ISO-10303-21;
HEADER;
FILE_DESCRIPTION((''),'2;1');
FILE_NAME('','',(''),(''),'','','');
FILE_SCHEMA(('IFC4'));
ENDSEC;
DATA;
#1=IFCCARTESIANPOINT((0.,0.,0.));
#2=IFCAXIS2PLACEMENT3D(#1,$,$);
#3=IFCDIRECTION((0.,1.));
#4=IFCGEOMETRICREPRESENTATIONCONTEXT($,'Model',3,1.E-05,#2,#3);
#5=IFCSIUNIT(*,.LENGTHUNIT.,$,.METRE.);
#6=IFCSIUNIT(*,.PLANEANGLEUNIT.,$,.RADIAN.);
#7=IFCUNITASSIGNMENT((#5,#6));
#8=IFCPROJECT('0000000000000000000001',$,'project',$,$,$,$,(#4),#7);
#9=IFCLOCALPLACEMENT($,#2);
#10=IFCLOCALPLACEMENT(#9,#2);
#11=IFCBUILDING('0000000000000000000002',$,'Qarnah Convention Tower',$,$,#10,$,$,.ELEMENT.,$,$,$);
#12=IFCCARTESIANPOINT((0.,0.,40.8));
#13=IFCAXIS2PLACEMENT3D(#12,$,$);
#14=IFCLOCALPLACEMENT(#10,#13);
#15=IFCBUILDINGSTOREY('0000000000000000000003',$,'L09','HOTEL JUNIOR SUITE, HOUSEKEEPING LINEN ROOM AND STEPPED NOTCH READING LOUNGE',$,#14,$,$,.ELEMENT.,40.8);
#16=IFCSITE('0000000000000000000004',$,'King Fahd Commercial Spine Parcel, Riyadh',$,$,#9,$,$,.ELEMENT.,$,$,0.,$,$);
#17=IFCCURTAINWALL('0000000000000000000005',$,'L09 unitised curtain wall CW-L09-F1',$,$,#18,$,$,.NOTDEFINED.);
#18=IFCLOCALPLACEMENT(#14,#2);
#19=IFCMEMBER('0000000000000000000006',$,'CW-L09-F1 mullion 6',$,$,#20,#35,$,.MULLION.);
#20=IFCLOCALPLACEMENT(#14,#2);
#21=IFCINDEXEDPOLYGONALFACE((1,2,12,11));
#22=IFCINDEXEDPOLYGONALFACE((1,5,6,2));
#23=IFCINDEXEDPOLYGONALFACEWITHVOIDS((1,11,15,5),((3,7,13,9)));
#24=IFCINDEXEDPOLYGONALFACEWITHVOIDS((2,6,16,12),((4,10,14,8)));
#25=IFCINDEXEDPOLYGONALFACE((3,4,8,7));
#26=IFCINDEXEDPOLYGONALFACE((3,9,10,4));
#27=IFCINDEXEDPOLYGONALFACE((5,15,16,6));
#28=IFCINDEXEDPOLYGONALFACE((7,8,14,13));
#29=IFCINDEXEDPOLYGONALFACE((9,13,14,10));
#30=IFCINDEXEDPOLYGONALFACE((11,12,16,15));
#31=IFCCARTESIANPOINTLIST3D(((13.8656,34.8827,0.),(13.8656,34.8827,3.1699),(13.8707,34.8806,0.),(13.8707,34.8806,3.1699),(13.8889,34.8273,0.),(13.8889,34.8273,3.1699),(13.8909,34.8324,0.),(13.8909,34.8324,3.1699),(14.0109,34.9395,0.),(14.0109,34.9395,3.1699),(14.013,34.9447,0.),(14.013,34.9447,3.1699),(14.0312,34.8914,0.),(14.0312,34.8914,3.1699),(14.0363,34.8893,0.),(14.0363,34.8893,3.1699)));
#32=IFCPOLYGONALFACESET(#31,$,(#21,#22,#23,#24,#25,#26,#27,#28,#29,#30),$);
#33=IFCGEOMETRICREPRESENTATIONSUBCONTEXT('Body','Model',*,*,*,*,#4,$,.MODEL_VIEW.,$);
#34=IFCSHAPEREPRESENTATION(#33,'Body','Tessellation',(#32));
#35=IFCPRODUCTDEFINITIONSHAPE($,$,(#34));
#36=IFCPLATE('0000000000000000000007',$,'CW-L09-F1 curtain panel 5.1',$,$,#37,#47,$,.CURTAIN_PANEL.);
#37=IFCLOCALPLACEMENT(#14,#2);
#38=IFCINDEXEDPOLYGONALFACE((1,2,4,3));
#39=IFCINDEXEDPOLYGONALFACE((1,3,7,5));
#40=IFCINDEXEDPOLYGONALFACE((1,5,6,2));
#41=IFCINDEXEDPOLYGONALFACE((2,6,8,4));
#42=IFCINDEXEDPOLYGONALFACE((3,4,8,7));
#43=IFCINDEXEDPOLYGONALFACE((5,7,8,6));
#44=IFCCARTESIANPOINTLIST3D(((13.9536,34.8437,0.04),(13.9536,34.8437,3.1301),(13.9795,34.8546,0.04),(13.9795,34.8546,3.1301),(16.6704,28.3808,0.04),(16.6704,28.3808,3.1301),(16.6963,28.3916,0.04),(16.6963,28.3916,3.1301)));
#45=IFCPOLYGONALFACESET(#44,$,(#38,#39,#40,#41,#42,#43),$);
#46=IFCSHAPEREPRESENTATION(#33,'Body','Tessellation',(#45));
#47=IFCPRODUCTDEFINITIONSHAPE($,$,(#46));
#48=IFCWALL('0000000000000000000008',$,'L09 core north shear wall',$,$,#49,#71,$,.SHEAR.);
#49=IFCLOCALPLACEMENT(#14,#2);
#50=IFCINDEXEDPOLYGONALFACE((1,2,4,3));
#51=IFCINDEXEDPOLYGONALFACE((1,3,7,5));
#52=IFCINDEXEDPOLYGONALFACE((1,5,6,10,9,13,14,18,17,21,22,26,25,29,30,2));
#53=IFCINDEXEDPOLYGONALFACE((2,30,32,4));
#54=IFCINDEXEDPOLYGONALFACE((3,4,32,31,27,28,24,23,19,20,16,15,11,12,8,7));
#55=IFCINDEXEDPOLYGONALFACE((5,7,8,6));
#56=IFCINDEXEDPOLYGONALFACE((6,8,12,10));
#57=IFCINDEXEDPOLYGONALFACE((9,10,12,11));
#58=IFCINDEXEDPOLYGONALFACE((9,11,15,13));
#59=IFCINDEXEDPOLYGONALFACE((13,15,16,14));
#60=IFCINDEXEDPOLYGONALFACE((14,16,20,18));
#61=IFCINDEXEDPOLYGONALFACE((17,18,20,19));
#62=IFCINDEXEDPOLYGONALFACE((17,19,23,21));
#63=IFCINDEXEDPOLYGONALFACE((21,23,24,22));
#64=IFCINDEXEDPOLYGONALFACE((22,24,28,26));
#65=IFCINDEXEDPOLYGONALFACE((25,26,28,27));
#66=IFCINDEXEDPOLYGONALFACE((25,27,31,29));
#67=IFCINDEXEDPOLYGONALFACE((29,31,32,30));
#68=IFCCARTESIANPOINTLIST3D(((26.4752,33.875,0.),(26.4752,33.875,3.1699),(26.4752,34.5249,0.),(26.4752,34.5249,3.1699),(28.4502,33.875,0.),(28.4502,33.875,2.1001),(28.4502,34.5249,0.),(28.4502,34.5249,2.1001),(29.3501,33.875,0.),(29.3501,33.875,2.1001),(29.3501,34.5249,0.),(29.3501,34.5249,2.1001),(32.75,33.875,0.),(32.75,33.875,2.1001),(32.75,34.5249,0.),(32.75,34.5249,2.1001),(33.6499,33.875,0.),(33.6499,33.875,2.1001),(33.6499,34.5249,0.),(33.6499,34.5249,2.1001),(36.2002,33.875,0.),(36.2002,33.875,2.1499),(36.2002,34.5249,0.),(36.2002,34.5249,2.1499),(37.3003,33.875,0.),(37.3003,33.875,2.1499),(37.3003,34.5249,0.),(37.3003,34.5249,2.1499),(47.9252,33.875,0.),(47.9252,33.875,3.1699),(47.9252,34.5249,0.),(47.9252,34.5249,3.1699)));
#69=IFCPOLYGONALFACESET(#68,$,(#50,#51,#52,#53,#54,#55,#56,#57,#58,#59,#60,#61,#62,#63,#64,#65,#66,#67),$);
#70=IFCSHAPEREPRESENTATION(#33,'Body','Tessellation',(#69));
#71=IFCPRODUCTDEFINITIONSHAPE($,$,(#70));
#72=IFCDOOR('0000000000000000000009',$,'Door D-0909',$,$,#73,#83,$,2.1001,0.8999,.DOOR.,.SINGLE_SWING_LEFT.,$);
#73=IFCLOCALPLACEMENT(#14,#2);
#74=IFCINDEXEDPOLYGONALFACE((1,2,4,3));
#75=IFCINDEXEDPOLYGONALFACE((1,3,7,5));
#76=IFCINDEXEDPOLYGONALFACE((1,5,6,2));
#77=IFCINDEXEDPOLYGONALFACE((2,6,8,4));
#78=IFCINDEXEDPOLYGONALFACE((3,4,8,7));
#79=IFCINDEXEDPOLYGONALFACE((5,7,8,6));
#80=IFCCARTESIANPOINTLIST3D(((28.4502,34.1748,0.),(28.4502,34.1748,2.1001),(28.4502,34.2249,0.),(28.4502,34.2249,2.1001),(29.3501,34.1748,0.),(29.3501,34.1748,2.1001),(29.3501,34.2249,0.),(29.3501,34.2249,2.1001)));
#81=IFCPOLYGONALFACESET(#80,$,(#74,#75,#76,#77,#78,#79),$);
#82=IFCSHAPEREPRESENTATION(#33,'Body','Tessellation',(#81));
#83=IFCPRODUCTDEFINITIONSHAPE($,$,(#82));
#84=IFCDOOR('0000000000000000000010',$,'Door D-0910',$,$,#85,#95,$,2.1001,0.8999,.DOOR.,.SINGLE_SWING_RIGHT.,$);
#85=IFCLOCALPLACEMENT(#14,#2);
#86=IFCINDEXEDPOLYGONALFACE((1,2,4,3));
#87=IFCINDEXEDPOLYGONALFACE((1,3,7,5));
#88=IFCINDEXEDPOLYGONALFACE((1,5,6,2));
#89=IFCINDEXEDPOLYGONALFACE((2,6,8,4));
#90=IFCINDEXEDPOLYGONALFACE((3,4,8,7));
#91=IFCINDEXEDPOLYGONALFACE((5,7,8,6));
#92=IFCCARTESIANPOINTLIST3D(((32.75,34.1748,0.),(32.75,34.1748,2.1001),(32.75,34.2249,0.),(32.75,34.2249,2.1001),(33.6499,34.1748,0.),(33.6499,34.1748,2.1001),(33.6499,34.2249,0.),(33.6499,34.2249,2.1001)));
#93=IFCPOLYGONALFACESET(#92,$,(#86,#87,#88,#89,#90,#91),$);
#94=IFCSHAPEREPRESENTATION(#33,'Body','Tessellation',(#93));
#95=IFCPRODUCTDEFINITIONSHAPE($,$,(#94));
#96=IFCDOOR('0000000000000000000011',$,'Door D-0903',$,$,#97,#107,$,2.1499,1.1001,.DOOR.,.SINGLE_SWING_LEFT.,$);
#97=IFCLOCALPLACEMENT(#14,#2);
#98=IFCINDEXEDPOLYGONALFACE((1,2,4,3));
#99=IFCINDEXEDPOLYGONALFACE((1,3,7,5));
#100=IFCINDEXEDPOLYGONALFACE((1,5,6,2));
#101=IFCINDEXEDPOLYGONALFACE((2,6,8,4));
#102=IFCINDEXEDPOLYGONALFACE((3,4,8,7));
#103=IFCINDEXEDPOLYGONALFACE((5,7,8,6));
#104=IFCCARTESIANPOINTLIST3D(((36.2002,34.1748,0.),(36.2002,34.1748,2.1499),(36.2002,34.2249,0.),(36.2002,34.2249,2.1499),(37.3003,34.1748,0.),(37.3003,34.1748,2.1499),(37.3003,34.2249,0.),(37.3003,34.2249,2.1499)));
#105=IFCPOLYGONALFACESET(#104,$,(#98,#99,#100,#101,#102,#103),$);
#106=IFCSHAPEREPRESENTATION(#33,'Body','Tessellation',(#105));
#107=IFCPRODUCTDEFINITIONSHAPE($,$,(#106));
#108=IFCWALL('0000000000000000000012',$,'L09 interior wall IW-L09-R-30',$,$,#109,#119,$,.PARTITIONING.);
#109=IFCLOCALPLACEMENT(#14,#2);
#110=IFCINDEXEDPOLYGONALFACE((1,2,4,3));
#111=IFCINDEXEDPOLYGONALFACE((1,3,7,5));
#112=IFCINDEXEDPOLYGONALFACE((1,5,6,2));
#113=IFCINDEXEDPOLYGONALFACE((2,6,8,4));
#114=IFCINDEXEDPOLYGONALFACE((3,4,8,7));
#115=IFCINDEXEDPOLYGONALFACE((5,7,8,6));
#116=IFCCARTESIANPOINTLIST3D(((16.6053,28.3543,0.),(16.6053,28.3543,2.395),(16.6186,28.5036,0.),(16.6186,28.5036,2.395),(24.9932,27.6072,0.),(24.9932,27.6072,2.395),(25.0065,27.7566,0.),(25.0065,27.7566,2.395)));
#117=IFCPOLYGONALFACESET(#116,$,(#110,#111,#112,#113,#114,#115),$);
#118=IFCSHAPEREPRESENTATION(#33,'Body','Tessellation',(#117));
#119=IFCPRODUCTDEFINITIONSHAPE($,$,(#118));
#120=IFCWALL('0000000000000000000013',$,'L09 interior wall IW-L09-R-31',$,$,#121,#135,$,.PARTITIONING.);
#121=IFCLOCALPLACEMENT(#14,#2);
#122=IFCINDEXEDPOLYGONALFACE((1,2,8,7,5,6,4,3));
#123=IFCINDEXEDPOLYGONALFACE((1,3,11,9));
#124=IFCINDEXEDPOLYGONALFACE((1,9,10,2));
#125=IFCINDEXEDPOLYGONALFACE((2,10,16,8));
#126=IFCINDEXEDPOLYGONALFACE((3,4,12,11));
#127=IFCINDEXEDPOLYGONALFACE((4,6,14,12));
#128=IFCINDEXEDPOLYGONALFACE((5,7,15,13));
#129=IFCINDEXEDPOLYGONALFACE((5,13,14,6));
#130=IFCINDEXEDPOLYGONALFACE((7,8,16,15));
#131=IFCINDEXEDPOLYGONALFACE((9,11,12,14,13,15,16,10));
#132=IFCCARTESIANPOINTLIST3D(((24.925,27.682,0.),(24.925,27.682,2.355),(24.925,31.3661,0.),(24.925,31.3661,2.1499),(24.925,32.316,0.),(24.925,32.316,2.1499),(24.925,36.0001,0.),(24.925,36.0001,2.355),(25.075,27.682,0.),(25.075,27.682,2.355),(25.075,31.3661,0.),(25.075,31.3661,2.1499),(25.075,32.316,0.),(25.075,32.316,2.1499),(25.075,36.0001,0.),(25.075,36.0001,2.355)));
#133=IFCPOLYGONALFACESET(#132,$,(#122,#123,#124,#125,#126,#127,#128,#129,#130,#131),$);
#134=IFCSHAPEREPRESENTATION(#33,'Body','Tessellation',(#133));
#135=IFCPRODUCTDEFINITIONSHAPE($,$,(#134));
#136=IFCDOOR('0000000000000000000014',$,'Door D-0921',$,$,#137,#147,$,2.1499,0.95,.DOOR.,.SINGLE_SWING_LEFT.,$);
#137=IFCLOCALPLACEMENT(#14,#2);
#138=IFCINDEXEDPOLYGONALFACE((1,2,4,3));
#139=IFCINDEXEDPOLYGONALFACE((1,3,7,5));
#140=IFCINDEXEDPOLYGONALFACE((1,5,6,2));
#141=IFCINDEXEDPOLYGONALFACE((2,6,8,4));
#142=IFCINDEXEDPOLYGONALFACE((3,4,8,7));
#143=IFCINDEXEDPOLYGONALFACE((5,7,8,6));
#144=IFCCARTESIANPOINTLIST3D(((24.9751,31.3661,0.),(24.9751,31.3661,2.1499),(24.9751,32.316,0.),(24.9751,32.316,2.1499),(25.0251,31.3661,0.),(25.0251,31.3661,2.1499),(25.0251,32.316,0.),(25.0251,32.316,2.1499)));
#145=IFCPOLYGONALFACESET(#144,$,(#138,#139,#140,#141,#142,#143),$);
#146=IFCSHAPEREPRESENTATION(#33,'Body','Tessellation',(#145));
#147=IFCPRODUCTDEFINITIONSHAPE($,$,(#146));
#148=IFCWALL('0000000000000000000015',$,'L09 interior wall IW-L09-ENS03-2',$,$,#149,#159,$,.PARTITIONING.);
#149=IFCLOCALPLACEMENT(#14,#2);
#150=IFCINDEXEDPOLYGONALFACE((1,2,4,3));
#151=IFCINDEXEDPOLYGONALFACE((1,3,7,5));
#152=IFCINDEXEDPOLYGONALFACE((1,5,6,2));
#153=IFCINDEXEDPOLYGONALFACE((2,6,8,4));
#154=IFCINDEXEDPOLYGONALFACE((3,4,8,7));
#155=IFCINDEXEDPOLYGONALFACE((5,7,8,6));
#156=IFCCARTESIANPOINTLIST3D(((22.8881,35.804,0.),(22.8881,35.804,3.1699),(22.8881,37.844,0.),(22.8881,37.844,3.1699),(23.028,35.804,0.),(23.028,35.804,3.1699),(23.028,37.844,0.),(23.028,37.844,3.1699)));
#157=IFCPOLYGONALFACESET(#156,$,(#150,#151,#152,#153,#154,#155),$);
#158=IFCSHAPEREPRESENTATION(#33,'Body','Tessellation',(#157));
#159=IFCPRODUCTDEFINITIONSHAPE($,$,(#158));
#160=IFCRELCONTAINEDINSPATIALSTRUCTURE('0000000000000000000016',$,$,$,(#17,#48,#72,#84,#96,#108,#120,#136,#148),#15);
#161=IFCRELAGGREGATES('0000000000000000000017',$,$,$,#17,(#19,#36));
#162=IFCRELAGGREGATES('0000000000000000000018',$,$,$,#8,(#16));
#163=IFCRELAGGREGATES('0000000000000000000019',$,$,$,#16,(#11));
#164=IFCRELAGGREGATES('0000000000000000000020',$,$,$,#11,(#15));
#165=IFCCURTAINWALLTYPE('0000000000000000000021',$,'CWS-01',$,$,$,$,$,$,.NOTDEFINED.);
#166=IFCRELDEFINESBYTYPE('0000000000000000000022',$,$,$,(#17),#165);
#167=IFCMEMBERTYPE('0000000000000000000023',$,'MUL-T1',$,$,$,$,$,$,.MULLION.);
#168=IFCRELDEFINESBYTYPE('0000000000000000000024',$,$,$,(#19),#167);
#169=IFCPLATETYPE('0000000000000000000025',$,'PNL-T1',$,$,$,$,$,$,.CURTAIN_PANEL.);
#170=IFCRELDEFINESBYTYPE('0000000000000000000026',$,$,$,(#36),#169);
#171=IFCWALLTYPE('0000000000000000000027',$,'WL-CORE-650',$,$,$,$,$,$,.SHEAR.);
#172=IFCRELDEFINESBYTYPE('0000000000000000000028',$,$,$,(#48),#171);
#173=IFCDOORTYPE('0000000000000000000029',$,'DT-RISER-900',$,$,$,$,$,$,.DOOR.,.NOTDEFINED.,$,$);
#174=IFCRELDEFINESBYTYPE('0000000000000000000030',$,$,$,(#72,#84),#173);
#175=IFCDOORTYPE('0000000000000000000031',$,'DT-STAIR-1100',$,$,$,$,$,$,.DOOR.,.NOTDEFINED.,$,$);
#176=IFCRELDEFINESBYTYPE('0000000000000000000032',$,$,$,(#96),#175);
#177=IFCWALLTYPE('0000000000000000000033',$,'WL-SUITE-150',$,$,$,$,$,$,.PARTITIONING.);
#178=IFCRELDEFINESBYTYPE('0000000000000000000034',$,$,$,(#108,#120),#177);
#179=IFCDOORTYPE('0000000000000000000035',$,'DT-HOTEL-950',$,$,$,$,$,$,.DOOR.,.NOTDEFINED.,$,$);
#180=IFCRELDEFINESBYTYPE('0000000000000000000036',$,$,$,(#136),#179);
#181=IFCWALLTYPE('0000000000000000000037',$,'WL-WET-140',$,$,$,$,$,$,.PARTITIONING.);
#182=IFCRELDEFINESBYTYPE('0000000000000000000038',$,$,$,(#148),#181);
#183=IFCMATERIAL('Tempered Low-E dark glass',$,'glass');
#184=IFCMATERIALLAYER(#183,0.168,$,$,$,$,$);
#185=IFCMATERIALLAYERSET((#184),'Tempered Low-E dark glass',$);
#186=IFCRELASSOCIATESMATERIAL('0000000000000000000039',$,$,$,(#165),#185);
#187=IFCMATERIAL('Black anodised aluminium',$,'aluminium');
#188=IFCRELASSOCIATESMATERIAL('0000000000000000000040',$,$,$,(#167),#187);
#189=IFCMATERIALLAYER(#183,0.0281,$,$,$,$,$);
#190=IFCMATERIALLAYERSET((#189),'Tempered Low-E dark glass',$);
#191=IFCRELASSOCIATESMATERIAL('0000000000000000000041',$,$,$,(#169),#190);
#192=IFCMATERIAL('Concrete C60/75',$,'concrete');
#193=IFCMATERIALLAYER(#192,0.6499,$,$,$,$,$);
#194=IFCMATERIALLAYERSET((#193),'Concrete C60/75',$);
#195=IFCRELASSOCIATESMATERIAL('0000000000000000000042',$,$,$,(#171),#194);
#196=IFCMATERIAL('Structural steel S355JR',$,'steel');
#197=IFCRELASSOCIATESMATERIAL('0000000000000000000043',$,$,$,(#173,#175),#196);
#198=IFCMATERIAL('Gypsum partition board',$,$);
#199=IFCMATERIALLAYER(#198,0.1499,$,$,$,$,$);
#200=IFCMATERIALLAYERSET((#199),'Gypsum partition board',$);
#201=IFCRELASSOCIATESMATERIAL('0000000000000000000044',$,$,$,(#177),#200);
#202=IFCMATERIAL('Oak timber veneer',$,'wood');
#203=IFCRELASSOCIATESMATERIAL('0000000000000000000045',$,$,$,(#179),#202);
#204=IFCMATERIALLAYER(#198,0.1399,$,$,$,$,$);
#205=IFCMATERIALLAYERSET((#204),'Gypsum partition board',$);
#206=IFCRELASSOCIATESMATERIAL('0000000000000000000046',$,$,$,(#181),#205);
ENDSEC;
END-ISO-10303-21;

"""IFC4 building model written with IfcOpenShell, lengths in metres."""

from ifc_helpers import new_model, si_unit, direction, frame, frame_2d, origin, origin_2d, place, context, subcontext, project, spatial, rectangle, hollow_rectangle, extrude, material, layer, layer_set, material_profile, profile_set, type_object, element, fill, aggregate, save


model = new_model("IFC4")

# Units and contexts
model_context = context("Model", 3, precision=1e-05, world=origin(), true_north=direction((0.0, 1.0)))
body_context = subcontext(model_context, "Body", "Model", "MODEL_VIEW")
ifc_project = project(units=[si_unit("LENGTHUNIT", "METRE"), si_unit("PLANEANGLEUNIT", "RADIAN")], contexts=[model_context])

# Site, building, storey
site_placement = place(None, origin())
site = spatial("IfcSite", under=ifc_project, at=site_placement, Name="King Fahd Commercial Spine Parcel, Riyadh", CompositionType="ELEMENT", RefElevation=0.0)
building_placement = place(site_placement, origin())
building = spatial("IfcBuilding", under=site, at=building_placement, Name="Qarnah Convention Tower", CompositionType="ELEMENT")
storey_placement = place(building_placement, frame((0.0, 0.0, 40.8)))
storey = spatial("IfcBuildingStorey", under=building, at=storey_placement, Name="L09", Description="HOTEL JUNIOR SUITE, HOUSEKEEPING LINEN ROOM AND STEPPED NOTCH READING LOUNGE", CompositionType="ELEMENT", Elevation=40.8)

# Shared definitions
ifc_material_1 = material(Name="Concrete C60/75", Category="concrete")

# Shared definitions
ifc_material_2 = material(Name="Structural steel S355JR", Category="steel")

# Curtain wall, member, plate
ifc_material_3 = material(Name="Tempered Low-E dark glass", Category="glass")
ifc_layer_1 = layer(ifc_material_3, 0.168)
ifc_layer_set_1 = layer_set([ifc_layer_1], Name="Tempered Low-E dark glass")
curtain_wall_type = type_object("IfcCurtainWallType", Name="CWS-01", PredefinedType="NOTDEFINED", material=ifc_layer_set_1)
curtain_wall_placement = place(storey_placement, origin())
curtain_wall = element("IfcCurtainWall", 1, at=curtain_wall_placement, inside=storey, type_object=curtain_wall_type, Name="L09 unitised curtain wall CW-L09-F1", PredefinedType="NOTDEFINED")
ifc_material_4 = material(Name="Black anodised aluminium", Category="aluminium")
ifc_material_profile_1 = material_profile(ifc_material_4, hollow_rectangle(XDim=0.0601, YDim=0.1599, WallThickness=0.0039, at=origin_2d()), Name="MUL-60X160")
ifc_profile_set_1 = profile_set([ifc_material_profile_1], Name="Black anodised aluminium")
member_type = type_object("IfcMemberType", Name="MUL-T1", PredefinedType="MULLION", material=ifc_profile_set_1)
member_1_placement = place(storey_placement, frame((13.9509, 34.886, 0.0), z_axis=(0.0, 0.0, 1.0), x_axis=(-0.387513, 0.921864, 0.0)))
member_1 = element("IfcMember", 2, at=member_1_placement, type_object=member_type, Name="CW-L09-F1 mullion 6", PredefinedType="MULLION", context=body_context, shape_type="SweptSolid", body=[
    extrude(hollow_rectangle(XDim=0.0601, YDim=0.1599, WallThickness=0.0039, at=origin_2d()), origin(), (0.0, 0.0, 1.0), 3.1699),
])
ifc_layer_2 = layer(ifc_material_3, 0.0281)
ifc_layer_set_2 = layer_set([ifc_layer_2], Name="Tempered Low-E dark glass")
plate_type = type_object("IfcPlateType", Name="PNL-T1", PredefinedType="CURTAIN_PANEL", material=ifc_layer_set_2)
plate_placement = place(storey_placement, frame((15.325, 31.6177, 0.04), z_axis=(0.0, 0.0, 1.0), x_axis=(-0.387513, 0.921864, 0.0)))
plate = element("IfcPlate", 3, at=plate_placement, type_object=plate_type, Name="CW-L09-F1 curtain panel 5.1", PredefinedType="CURTAIN_PANEL", context=body_context, shape_type="SweptSolid", body=[
    extrude(rectangle(XDim=7.0107, YDim=0.0281, at=origin_2d()), origin(), (0.0, 0.0, 1.0), 3.0901),
])
aggregate(curtain_wall, [member_1, plate])

# Wall, openings, doors
ifc_layer_3 = layer(ifc_material_1, 0.6499)
ifc_layer_set_3 = layer_set([ifc_layer_3], Name="Concrete C60/75")
wall_type_1 = type_object("IfcWallType", Name="WL-CORE-650", PredefinedType="SHEAR", material=ifc_layer_set_3)
wall_1_placement = place(storey_placement, frame((26.4751, 34.2, 0.0), z_axis=(0.0, 0.0, 1.0), x_axis=(1.0, 0.0, 0.0)))
wall_1 = element("IfcWall", 4, at=wall_1_placement, inside=storey, type_object=wall_type_1, Name="L09 core north shear wall", PredefinedType="SHEAR", context=body_context, shape_type="SweptSolid", body=[
    extrude(rectangle(XDim=21.45, YDim=0.6499, at=frame_2d((10.7251, 0.0))), origin(), (0.0, 0.0, 1.0), 3.1699),
])
opening_1_placement = place(wall_1_placement, frame((9.7251, 0.0, 0.0)))
opening_1 = element("IfcOpeningElement", 5, at=opening_1_placement, cuts=wall_1, PredefinedType="OPENING", context=body_context, shape_type="SweptSolid", body=[
    extrude(rectangle(XDim=1.1001, YDim=2.1499, at=frame_2d((0.55, 1.075))), frame((0.0, 0.335, 0.0), z_axis=(0.0, -1.0, 0.0), x_axis=(1.0, 0.0, 0.0)), (0.0, 0.0, 1.0), 0.6699),
])
opening_2_placement = place(wall_1_placement, frame((1.9751, 0.0, 0.0)))
opening_2 = element("IfcOpeningElement", 6, at=opening_2_placement, cuts=wall_1, PredefinedType="OPENING", context=body_context, shape_type="SweptSolid", body=[
    extrude(rectangle(XDim=0.8999, YDim=2.1001, at=frame_2d((0.45, 1.05))), frame((0.0, 0.335, 0.0), z_axis=(0.0, -1.0, 0.0), x_axis=(1.0, 0.0, 0.0)), (0.0, 0.0, 1.0), 0.6699),
])
opening_3_placement = place(wall_1_placement, frame((6.2749, 0.0, 0.0)))
opening_3 = element("IfcOpeningElement", 7, at=opening_3_placement, cuts=wall_1, PredefinedType="OPENING", context=body_context, shape_type="SweptSolid", body=[
    extrude(rectangle(XDim=0.8999, YDim=2.1001, at=frame_2d((0.45, 1.05))), frame((0.0, 0.335, 0.0), z_axis=(0.0, -1.0, 0.0), x_axis=(1.0, 0.0, 0.0)), (0.0, 0.0, 1.0), 0.6699),
])
door_type_1 = type_object("IfcDoorType", Name="DT-RISER-900", OperationType="NOTDEFINED", PredefinedType="DOOR", material=ifc_material_2)
door_1_placement = place(opening_2_placement, origin())
door_1 = element("IfcDoor", 8, at=door_1_placement, inside=storey, type_object=door_type_1, Name="Door D-0909", OperationType="SINGLE_SWING_LEFT", OverallHeight=2.1001, OverallWidth=0.8999, PredefinedType="DOOR", context=body_context, shape_type="SweptSolid", body=[
    extrude(rectangle(XDim=0.8999, YDim=2.1001, at=frame_2d((0.45, 1.05))), frame((0.0, 0.0249, 0.0), z_axis=(0.0, -1.0, 0.0), x_axis=(1.0, 0.0, 0.0)), (0.0, 0.0, 1.0), 0.05),
])
fill(opening_2, door_1)
door_2_placement = place(opening_3_placement, origin())
door_2 = element("IfcDoor", 9, at=door_2_placement, inside=storey, type_object=door_type_1, Name="Door D-0910", OperationType="SINGLE_SWING_RIGHT", OverallHeight=2.1001, OverallWidth=0.8999, PredefinedType="DOOR", context=body_context, shape_type="SweptSolid", body=[
    extrude(rectangle(XDim=0.8999, YDim=2.1001, at=frame_2d((0.45, 1.05))), frame((0.0, 0.0249, 0.0), z_axis=(0.0, -1.0, 0.0), x_axis=(1.0, 0.0, 0.0)), (0.0, 0.0, 1.0), 0.05),
])
fill(opening_3, door_2)
door_type_2 = type_object("IfcDoorType", Name="DT-STAIR-1100", OperationType="NOTDEFINED", PredefinedType="DOOR", material=ifc_material_2)
door_3_placement = place(opening_1_placement, origin())
door_3 = element("IfcDoor", 10, at=door_3_placement, inside=storey, type_object=door_type_2, Name="Door D-0903", OperationType="SINGLE_SWING_LEFT", OverallHeight=2.1499, OverallWidth=1.1001, PredefinedType="DOOR", context=body_context, shape_type="SweptSolid", body=[
    extrude(rectangle(XDim=1.1001, YDim=2.1499, at=frame_2d((0.55, 1.075))), frame((0.0, 0.0249, 0.0), z_axis=(0.0, -1.0, 0.0), x_axis=(1.0, 0.0, 0.0)), (0.0, 0.0, 1.0), 0.05),
])
fill(opening_1, door_3)

# Wall
ifc_material_5 = material(Name="Gypsum partition board")
ifc_layer_4 = layer(ifc_material_5, 0.1499)
ifc_layer_set_4 = layer_set([ifc_layer_4], Name="Gypsum partition board")
wall_type_2 = type_object("IfcWallType", Name="WL-SUITE-150", PredefinedType="PARTITIONING", material=ifc_layer_set_4)
wall_2_placement = place(storey_placement, frame((16.6121, 28.429, 0.0), z_axis=(0.0, 0.0, 1.0), x_axis=(0.996057, -0.088714, 0.0)))
element("IfcWall", 11, at=wall_2_placement, inside=storey, type_object=wall_type_2, Name="L09 interior wall IW-L09-R-30", PredefinedType="PARTITIONING", context=body_context, shape_type="SweptSolid", body=[
    extrude(rectangle(XDim=8.4211, YDim=0.1499, at=frame_2d((4.2104, 0.0))), origin(), (0.0, 0.0, 1.0), 2.395),
])

# Wall, opening, door
wall_3_placement = place(storey_placement, frame((25.0, 27.6819, 0.0), z_axis=(0.0, 0.0, 1.0), x_axis=(0.0, 1.0, 0.0)))
wall_3 = element("IfcWall", 12, at=wall_3_placement, inside=storey, type_object=wall_type_2, Name="L09 interior wall IW-L09-R-31", PredefinedType="PARTITIONING", context=body_context, shape_type="SweptSolid", body=[
    extrude(rectangle(XDim=8.3181, YDim=0.1499, at=frame_2d((4.1592, 0.0))), origin(), (0.0, 0.0, 1.0), 2.355),
])
opening_4_placement = place(wall_3_placement, frame((3.6841, 0.0, 0.0)))
opening_4 = element("IfcOpeningElement", 13, at=opening_4_placement, cuts=wall_3, PredefinedType="OPENING", context=body_context, shape_type="SweptSolid", body=[
    extrude(rectangle(XDim=0.95, YDim=2.1499, at=frame_2d((0.4751, 1.075))), frame((0.0, 0.085, 0.0), z_axis=(0.0, -1.0, 0.0), x_axis=(1.0, 0.0, 0.0)), (0.0, 0.0, 1.0), 0.1699),
])
ifc_material_6 = material(Name="Oak timber veneer", Category="wood")
door_type_3 = type_object("IfcDoorType", Name="DT-HOTEL-950", OperationType="NOTDEFINED", PredefinedType="DOOR", material=ifc_material_6)
door_4_placement = place(opening_4_placement, origin())
door_4 = element("IfcDoor", 14, at=door_4_placement, inside=storey, type_object=door_type_3, Name="Door D-0921", OperationType="SINGLE_SWING_LEFT", OverallHeight=2.1499, OverallWidth=0.95, PredefinedType="DOOR", context=body_context, shape_type="SweptSolid", body=[
    extrude(rectangle(XDim=0.95, YDim=2.1499, at=frame_2d((0.4751, 1.075))), frame((0.0, 0.0249, 0.0), z_axis=(0.0, -1.0, 0.0), x_axis=(1.0, 0.0, 0.0)), (0.0, 0.0, 1.0), 0.05),
])
fill(opening_4, door_4)

# Wall
ifc_layer_5 = layer(ifc_material_5, 0.1399)
ifc_layer_set_5 = layer_set([ifc_layer_5], Name="Gypsum partition board")
wall_type_3 = type_object("IfcWallType", Name="WL-WET-140", PredefinedType="PARTITIONING", material=ifc_layer_set_5)
wall_4_placement = place(storey_placement, frame((22.958, 35.804, 0.0), z_axis=(0.0, 0.0, 1.0), x_axis=(0.0, 1.0, 0.0)))
element("IfcWall", 15, at=wall_4_placement, inside=storey, type_object=wall_type_3, Name="L09 interior wall IW-L09-ENS03-2", PredefinedType="PARTITIONING", context=body_context, shape_type="SweptSolid", body=[
    extrude(rectangle(XDim=2.04, YDim=0.1399, at=frame_2d((1.02, 0.0))), origin(), (0.0, 0.0, 1.0), 3.1699),
])

save(model, "model.ifc")
